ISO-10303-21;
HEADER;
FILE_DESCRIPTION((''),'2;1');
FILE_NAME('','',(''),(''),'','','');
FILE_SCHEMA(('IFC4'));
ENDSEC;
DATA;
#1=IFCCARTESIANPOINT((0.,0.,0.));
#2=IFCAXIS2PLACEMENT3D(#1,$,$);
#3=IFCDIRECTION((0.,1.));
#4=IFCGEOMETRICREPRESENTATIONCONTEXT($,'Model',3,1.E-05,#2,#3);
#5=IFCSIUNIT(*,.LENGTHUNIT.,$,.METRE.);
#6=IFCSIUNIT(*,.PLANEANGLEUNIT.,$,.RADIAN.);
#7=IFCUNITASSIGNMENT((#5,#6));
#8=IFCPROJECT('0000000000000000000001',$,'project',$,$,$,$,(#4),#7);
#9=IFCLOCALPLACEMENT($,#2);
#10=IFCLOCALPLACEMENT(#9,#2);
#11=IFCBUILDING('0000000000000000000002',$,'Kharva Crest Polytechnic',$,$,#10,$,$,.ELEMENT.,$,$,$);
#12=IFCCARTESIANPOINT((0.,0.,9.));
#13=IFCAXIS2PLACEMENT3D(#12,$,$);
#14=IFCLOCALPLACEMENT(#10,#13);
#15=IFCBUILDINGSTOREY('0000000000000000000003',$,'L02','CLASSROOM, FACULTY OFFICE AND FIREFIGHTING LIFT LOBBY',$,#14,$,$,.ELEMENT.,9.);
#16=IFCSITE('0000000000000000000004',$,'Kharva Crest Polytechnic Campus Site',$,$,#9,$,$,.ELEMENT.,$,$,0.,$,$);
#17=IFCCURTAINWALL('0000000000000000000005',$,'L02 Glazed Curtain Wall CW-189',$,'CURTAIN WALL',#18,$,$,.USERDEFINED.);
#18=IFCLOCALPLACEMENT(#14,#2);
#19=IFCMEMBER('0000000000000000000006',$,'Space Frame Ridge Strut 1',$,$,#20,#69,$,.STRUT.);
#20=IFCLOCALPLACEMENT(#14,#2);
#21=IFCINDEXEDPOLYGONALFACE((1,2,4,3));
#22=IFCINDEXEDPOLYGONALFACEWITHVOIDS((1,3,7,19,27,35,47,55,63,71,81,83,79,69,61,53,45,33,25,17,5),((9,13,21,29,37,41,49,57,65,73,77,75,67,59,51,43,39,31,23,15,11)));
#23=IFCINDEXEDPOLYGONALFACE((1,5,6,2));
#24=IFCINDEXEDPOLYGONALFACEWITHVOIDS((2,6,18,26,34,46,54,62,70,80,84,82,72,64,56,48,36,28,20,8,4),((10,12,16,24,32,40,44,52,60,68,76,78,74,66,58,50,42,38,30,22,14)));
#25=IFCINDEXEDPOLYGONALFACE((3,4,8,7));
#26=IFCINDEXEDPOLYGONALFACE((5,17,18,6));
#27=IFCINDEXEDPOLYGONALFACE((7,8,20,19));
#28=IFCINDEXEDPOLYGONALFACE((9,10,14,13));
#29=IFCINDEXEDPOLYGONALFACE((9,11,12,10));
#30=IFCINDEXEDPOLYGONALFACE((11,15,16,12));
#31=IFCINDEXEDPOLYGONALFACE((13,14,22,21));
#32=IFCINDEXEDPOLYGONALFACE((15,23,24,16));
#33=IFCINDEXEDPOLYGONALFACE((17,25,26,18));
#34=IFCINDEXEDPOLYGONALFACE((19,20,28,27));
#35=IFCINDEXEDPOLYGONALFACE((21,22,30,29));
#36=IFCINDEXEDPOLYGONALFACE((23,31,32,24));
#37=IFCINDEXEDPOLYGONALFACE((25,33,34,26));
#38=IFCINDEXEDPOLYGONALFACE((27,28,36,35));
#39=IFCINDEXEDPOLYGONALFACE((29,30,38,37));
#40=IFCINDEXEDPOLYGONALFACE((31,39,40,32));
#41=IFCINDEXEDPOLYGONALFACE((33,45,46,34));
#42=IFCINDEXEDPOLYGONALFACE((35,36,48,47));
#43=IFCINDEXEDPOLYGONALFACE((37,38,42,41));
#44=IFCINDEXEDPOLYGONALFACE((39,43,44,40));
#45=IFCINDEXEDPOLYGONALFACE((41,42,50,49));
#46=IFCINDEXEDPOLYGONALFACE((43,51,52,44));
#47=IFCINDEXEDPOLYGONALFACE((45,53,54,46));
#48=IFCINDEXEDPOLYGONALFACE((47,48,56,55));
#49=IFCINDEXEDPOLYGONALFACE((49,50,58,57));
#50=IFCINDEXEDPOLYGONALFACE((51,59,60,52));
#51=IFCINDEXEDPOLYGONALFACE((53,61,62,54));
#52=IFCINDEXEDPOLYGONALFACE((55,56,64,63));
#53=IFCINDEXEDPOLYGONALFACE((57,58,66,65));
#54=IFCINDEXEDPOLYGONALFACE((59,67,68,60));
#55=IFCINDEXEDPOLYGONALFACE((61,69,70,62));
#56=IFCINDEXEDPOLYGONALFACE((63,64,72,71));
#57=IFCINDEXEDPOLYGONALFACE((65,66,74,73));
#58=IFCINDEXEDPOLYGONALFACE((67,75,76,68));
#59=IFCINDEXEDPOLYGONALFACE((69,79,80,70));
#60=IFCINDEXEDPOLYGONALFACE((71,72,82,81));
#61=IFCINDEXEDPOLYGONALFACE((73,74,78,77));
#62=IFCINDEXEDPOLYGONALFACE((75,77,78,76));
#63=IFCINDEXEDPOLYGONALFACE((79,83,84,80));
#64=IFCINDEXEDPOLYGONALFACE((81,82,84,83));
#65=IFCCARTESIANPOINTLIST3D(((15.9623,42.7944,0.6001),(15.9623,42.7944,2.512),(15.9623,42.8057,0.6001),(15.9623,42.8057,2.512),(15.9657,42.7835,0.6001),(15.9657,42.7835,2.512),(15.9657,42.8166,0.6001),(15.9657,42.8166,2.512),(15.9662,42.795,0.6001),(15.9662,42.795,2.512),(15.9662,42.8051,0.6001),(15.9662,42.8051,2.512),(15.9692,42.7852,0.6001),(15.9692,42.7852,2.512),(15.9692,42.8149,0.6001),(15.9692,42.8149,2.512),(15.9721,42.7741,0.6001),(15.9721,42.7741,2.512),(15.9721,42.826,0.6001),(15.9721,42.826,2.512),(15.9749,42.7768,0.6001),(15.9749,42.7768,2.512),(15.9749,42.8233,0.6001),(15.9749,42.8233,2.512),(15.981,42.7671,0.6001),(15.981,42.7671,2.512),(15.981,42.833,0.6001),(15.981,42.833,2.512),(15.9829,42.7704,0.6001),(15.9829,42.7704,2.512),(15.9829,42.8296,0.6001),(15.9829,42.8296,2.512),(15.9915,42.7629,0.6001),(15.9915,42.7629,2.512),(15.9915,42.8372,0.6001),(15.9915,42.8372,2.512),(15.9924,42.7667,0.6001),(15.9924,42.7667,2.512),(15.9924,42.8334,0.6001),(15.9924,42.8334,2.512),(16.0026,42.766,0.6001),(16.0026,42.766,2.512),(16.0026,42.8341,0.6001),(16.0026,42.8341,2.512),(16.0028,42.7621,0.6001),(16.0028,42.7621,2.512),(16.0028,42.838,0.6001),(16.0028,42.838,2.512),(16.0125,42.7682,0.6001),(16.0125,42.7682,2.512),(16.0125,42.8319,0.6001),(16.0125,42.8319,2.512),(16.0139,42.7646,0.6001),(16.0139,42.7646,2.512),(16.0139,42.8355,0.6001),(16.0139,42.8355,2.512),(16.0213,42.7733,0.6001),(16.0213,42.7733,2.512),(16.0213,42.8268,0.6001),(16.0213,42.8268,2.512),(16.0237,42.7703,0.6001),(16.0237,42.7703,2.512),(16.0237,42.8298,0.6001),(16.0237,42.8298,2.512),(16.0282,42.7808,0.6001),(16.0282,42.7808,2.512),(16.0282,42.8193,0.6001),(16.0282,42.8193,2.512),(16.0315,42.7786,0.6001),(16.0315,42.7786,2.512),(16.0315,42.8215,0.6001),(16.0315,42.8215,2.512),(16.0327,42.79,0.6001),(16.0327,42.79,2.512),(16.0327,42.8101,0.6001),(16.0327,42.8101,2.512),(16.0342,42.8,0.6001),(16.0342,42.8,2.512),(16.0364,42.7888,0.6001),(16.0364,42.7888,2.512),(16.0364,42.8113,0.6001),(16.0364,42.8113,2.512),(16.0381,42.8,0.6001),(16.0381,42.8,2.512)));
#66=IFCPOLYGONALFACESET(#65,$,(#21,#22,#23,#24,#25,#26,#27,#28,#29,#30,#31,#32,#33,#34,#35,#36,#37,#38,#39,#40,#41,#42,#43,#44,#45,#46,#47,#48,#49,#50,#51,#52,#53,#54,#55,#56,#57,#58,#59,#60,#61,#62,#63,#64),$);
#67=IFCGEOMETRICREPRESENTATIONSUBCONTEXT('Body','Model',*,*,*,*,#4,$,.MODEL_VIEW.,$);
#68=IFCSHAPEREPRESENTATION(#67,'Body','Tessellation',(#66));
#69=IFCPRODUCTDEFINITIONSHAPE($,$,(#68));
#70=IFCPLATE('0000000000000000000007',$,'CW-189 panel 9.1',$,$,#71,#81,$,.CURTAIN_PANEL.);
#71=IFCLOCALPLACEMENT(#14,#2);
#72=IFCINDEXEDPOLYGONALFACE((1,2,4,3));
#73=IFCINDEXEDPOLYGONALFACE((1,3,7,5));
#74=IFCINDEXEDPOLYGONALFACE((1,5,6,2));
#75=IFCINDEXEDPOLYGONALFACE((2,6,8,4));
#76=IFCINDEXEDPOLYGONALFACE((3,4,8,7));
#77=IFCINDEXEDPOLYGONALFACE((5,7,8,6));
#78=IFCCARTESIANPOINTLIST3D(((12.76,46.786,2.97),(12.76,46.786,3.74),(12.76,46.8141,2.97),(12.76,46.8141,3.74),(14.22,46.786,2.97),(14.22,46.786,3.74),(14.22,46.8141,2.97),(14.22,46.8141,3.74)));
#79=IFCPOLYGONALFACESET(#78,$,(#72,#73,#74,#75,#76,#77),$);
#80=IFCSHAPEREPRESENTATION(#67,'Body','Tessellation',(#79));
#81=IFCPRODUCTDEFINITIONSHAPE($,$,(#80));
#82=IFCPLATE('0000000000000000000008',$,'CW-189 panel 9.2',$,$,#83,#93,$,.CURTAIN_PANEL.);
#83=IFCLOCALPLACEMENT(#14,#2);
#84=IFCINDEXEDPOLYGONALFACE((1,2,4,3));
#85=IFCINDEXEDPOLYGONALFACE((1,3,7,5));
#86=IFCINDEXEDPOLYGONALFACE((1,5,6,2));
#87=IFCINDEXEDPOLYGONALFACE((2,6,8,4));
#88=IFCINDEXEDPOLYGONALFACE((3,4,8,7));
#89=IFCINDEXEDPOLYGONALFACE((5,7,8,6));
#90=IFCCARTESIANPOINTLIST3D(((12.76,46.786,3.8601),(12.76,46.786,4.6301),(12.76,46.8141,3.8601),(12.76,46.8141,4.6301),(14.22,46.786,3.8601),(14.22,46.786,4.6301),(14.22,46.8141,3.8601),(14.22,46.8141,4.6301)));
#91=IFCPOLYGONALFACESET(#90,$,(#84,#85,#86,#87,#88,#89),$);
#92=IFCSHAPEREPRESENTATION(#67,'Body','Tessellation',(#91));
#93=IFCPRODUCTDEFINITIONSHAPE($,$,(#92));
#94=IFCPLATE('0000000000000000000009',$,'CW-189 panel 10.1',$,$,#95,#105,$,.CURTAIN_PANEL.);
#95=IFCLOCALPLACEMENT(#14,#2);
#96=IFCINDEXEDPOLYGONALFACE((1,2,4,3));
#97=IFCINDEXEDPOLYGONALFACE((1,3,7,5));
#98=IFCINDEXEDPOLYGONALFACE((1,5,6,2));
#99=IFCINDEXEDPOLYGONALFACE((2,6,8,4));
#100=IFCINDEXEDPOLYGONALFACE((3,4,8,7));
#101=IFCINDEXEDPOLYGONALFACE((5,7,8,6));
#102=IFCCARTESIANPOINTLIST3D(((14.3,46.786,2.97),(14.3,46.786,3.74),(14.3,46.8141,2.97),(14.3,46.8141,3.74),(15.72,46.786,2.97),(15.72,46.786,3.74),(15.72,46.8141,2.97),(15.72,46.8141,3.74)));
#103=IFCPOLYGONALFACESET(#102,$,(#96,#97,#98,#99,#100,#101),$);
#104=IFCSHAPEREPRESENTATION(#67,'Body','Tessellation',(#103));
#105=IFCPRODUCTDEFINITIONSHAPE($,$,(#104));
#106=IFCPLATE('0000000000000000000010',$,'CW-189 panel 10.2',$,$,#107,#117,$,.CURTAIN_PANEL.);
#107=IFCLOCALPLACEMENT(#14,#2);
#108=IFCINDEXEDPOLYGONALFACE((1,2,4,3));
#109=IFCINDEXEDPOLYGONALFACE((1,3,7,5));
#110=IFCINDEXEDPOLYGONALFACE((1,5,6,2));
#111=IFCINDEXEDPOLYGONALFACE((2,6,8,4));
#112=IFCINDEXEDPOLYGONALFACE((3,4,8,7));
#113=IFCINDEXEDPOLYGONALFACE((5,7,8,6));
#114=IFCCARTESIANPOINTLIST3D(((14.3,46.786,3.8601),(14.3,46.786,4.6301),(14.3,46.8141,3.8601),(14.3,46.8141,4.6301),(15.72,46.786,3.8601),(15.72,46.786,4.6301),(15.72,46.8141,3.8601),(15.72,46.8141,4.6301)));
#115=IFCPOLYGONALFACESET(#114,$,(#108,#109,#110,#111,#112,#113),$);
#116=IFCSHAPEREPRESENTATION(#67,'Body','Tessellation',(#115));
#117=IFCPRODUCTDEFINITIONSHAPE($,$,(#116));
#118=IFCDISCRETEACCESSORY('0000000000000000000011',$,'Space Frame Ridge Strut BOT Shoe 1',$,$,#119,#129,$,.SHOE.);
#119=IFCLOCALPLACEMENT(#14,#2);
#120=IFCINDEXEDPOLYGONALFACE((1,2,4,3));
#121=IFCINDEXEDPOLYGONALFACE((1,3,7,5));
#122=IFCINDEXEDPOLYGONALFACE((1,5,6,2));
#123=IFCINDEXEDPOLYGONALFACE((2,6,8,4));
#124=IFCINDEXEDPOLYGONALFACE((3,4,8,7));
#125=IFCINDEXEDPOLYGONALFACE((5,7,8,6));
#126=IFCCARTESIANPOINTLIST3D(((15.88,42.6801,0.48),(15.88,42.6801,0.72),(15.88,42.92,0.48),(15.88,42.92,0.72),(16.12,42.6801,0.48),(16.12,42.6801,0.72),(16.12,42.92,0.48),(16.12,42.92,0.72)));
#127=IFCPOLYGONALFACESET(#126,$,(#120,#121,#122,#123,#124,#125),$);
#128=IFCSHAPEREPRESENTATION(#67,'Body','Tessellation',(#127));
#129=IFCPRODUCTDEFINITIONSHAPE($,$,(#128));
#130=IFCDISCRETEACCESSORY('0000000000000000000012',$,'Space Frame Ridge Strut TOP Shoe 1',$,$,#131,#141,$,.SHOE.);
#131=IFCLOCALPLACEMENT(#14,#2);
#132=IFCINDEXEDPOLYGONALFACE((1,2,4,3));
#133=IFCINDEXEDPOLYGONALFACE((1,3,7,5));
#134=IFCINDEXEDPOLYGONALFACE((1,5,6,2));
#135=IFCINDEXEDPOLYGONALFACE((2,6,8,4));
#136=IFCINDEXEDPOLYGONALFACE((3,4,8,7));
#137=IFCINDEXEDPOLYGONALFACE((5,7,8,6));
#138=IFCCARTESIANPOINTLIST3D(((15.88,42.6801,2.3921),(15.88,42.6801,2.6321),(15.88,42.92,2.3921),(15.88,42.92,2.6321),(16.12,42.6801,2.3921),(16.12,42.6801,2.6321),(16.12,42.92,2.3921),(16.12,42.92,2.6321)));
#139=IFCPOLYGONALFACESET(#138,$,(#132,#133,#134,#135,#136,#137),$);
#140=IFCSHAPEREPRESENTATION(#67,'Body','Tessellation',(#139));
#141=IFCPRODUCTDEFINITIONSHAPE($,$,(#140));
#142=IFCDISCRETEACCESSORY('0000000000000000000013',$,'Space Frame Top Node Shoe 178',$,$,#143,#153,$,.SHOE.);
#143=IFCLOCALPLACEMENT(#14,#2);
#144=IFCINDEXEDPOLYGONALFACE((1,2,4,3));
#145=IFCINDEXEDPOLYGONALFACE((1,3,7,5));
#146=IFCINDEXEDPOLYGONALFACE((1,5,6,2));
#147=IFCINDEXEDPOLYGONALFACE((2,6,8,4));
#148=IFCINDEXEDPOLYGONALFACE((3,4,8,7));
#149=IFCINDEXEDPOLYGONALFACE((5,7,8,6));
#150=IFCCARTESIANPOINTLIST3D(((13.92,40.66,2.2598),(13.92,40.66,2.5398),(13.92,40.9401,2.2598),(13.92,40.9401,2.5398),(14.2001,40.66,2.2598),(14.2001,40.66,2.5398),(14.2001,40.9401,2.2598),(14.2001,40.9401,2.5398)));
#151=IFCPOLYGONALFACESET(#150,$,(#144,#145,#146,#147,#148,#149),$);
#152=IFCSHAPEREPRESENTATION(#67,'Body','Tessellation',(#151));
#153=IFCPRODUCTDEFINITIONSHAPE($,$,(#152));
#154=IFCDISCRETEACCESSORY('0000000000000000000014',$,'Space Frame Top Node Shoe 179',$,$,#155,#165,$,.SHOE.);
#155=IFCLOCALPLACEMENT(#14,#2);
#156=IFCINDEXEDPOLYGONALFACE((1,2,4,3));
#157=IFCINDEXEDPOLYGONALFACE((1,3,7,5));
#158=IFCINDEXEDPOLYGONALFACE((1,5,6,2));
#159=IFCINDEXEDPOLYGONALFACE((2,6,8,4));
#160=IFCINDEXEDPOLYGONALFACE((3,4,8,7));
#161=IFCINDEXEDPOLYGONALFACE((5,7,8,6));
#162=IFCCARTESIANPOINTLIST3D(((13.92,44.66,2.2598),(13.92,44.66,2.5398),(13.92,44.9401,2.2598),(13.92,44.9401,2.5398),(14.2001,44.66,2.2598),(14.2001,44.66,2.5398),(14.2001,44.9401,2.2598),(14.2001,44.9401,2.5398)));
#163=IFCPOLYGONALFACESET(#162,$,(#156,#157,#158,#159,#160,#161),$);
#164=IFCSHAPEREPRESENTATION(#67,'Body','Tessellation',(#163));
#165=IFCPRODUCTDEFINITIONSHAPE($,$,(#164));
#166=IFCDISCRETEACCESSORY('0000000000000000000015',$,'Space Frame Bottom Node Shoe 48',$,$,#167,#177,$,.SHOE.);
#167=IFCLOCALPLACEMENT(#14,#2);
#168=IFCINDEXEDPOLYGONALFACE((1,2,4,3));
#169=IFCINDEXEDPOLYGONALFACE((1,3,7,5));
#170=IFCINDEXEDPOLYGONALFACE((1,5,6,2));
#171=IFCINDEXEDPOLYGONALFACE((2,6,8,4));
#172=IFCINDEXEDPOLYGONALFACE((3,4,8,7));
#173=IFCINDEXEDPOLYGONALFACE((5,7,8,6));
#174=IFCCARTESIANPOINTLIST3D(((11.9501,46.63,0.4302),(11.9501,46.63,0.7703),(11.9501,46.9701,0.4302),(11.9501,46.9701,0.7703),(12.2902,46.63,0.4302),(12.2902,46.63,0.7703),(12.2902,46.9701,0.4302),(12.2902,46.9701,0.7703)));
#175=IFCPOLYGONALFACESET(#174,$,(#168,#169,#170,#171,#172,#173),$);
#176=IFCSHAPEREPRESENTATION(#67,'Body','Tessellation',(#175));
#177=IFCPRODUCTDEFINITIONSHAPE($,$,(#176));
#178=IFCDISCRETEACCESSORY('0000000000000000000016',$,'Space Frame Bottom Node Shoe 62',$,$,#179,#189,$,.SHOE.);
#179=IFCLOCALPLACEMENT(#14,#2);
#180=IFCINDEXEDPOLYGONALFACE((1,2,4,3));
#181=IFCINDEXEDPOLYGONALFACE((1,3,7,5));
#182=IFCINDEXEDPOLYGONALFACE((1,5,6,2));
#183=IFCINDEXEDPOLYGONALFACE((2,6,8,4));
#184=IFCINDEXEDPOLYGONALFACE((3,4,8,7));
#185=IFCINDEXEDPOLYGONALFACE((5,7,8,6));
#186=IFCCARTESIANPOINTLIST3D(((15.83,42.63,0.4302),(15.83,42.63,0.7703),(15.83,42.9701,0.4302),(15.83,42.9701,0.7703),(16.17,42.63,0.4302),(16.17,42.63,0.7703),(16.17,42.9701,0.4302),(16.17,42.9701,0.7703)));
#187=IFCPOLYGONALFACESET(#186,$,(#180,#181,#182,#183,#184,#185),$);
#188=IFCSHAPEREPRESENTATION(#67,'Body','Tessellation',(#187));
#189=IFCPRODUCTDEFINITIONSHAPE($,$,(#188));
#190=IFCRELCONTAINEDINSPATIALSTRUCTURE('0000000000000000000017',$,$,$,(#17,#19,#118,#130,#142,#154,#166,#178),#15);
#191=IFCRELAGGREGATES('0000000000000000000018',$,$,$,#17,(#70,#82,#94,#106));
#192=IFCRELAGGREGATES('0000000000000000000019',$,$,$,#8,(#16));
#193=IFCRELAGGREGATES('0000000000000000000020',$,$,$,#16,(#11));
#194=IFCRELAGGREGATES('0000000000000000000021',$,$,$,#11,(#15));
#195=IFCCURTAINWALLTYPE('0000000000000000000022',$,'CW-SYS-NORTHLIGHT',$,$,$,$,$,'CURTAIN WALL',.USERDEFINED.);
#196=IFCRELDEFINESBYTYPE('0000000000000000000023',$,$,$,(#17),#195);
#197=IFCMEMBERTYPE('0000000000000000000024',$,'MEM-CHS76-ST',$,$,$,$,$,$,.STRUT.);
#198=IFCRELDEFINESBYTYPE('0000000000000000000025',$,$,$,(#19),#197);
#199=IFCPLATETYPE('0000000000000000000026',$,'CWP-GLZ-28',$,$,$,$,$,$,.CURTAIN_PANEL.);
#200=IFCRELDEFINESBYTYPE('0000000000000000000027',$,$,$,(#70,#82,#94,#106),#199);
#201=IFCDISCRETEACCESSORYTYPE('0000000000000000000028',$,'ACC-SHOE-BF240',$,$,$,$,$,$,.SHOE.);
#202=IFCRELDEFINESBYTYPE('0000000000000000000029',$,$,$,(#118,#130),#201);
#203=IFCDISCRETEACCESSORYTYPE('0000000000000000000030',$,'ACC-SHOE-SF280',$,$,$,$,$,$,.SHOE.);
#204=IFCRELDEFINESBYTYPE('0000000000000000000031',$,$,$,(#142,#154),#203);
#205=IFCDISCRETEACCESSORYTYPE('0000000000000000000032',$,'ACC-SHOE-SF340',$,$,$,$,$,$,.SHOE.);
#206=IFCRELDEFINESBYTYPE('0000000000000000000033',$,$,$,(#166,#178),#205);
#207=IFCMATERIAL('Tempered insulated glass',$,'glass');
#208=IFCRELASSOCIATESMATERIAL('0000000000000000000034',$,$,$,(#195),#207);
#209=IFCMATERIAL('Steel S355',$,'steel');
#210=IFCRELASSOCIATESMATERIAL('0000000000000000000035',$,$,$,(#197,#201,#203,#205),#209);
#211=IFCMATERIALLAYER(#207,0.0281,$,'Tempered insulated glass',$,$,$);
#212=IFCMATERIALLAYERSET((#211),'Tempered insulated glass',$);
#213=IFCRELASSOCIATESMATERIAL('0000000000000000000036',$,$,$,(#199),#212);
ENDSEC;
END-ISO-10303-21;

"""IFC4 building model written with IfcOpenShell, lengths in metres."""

from ifc_helpers import new_model, si_unit, direction, frame, origin, origin_2d, place, context, subcontext, project, spatial, rectangle, hollow_circle, extrude, material, layer, layer_set, material_profile, profile_set, type_object, element, aggregate, save


model = new_model("IFC4")

# Units and contexts
model_context = context("Model", 3, precision=1e-05, world=origin(), true_north=direction((0.0, 1.0)))
body_context = subcontext(model_context, "Body", "Model", "MODEL_VIEW")
ifc_project = project(units=[si_unit("LENGTHUNIT", "METRE"), si_unit("PLANEANGLEUNIT", "RADIAN")], contexts=[model_context])

# Site, building, storey
site_placement = place(None, origin())
site = spatial("IfcSite", under=ifc_project, at=site_placement, Name="Kharva Crest Polytechnic Campus Site", CompositionType="ELEMENT", RefElevation=0.0)
building_placement = place(site_placement, origin())
building = spatial("IfcBuilding", under=site, at=building_placement, Name="Kharva Crest Polytechnic", CompositionType="ELEMENT")
storey_placement = place(building_placement, frame((0.0, 0.0, 9.0)))
storey = spatial("IfcBuildingStorey", under=building, at=storey_placement, Name="L02", Description="CLASSROOM, FACULTY OFFICE AND FIREFIGHTING LIFT LOBBY", CompositionType="ELEMENT", Elevation=9.0)

# Curtain wall
ifc_material_1 = material(Name="Tempered insulated glass", Category="glass")
curtain_wall_type = type_object("IfcCurtainWallType", Name="CW-SYS-NORTHLIGHT", ElementType="CURTAIN WALL", PredefinedType="USERDEFINED", material=ifc_material_1)
curtain_wall_placement = place(storey_placement, origin())
curtain_wall = element("IfcCurtainWall", 1, at=curtain_wall_placement, inside=storey, type_object=curtain_wall_type, Name="L02 Glazed Curtain Wall CW-189", ObjectType="CURTAIN WALL", PredefinedType="USERDEFINED")
ifc_material_2 = material(Name="Steel S355", Category="steel")

# Member
ifc_material_profile_1 = material_profile(ifc_material_2, hollow_circle(Radius=0.0381, WallThickness=0.0039, at=origin_2d()), Name="CHS 76.1X4.0")
ifc_profile_set_1 = profile_set([ifc_material_profile_1], Name="Steel S355")
member_type_1 = type_object("IfcMemberType", Name="MEM-CHS76-ST", PredefinedType="STRUT", material=ifc_profile_set_1)
member_1_placement = place(storey_placement, frame((16.0, 42.8, 0.6001), z_axis=(0.0, 0.0, 1.0), x_axis=(1.0, 0.0, 0.0)))
element("IfcMember", 2, at=member_1_placement, inside=storey, type_object=member_type_1, Name="Space Frame Ridge Strut 1", PredefinedType="STRUT", context=body_context, shape_type="SweptSolid", body=[
    extrude(hollow_circle(Radius=0.0381, WallThickness=0.0039, at=origin_2d()), origin(), (0.0, 0.0, 1.0), 1.9119),
])

# Plates
ifc_layer = layer(ifc_material_1, 0.0281, Name="Tempered insulated glass")
ifc_layer_set = layer_set([ifc_layer], Name="Tempered insulated glass")
plate_type = type_object("IfcPlateType", Name="CWP-GLZ-28", PredefinedType="CURTAIN_PANEL", material=ifc_layer_set)
plate_1_placement = place(storey_placement, frame((13.49, 46.8, 2.97), z_axis=(0.0, 0.0, 1.0), x_axis=(1.0, 0.0, 0.0)))
plate_1 = element("IfcPlate", 3, at=plate_1_placement, type_object=plate_type, Name="CW-189 panel 9.1", PredefinedType="CURTAIN_PANEL", context=body_context, shape_type="SweptSolid", body=[
    extrude(rectangle(XDim=1.46, YDim=0.0281, at=origin_2d()), origin(), (0.0, 0.0, 1.0), 0.77),
])
plate_2_placement = place(storey_placement, frame((13.49, 46.8, 3.8601), z_axis=(0.0, 0.0, 1.0), x_axis=(1.0, 0.0, 0.0)))
plate_2 = element("IfcPlate", 4, at=plate_2_placement, type_object=plate_type, Name="CW-189 panel 9.2", PredefinedType="CURTAIN_PANEL", context=body_context, shape_type="SweptSolid", body=[
    extrude(rectangle(XDim=1.46, YDim=0.0281, at=origin_2d()), origin(), (0.0, 0.0, 1.0), 0.77),
])
plate_3_placement = place(storey_placement, frame((15.01, 46.8, 2.97), z_axis=(0.0, 0.0, 1.0), x_axis=(1.0, 0.0, 0.0)))
plate_3 = element("IfcPlate", 5, at=plate_3_placement, type_object=plate_type, Name="CW-189 panel 10.1", PredefinedType="CURTAIN_PANEL", context=body_context, shape_type="SweptSolid", body=[
    extrude(rectangle(XDim=1.4199, YDim=0.0281, at=origin_2d()), origin(), (0.0, 0.0, 1.0), 0.77),
])
plate_4_placement = place(storey_placement, frame((15.01, 46.8, 3.8601), z_axis=(0.0, 0.0, 1.0), x_axis=(1.0, 0.0, 0.0)))
plate_4 = element("IfcPlate", 6, at=plate_4_placement, type_object=plate_type, Name="CW-189 panel 10.2", PredefinedType="CURTAIN_PANEL", context=body_context, shape_type="SweptSolid", body=[
    extrude(rectangle(XDim=1.4199, YDim=0.0281, at=origin_2d()), origin(), (0.0, 0.0, 1.0), 0.77),
])
aggregate(curtain_wall, [plate_1, plate_2, plate_3, plate_4])

# Discrete accessories
discrete_accessory_type_1 = type_object("IfcDiscreteAccessoryType", Name="ACC-SHOE-BF240", PredefinedType="SHOE", material=ifc_material_2)
for number, where, z_axis, x_axis, name in (
    (7, (16.0, 42.8, 0.48), (0.0, 0.0, 1.0), (1.0, 0.0, 0.0), "Space Frame Ridge Strut BOT Shoe 1"),
    (8, (16.0, 42.8, 2.3921), (0.0, 0.0, 1.0), (1.0, 0.0, 0.0), "Space Frame Ridge Strut TOP Shoe 1"),
):
    element("IfcDiscreteAccessory", number, at=place(storey_placement, frame(where, z_axis=z_axis, x_axis=x_axis)), inside=storey, type_object=discrete_accessory_type_1, Name=name, PredefinedType="SHOE", context=body_context, shape_type="SweptSolid", body=[
        extrude(rectangle(XDim=0.24, YDim=0.24, at=origin_2d()), origin(), (0.0, 0.0, 1.0), 0.24),
    ])
discrete_accessory_type_2 = type_object("IfcDiscreteAccessoryType", Name="ACC-SHOE-SF280", PredefinedType="SHOE", material=ifc_material_2)
for number, where, z_axis, x_axis, name in (
    (9, (14.0601, 40.8, 2.2598), (0.0, 0.0, 1.0), (1.0, 0.0, 0.0), "Space Frame Top Node Shoe 178"),
    (10, (14.0601, 44.8, 2.2598), (0.0, 0.0, 1.0), (1.0, 0.0, 0.0), "Space Frame Top Node Shoe 179"),
):
    element("IfcDiscreteAccessory", number, at=place(storey_placement, frame(where, z_axis=z_axis, x_axis=x_axis)), inside=storey, type_object=discrete_accessory_type_2, Name=name, PredefinedType="SHOE", context=body_context, shape_type="SweptSolid", body=[
        extrude(rectangle(XDim=0.28, YDim=0.28, at=origin_2d()), origin(), (0.0, 0.0, 1.0), 0.28),
    ])
discrete_accessory_type_3 = type_object("IfcDiscreteAccessoryType", Name="ACC-SHOE-SF340", PredefinedType="SHOE", material=ifc_material_2)
for number, where, z_axis, x_axis, name in (
    (11, (12.1201, 46.8, 0.4302), (0.0, 0.0, 1.0), (1.0, 0.0, 0.0), "Space Frame Bottom Node Shoe 48"),
    (12, (16.0, 42.8, 0.4302), (0.0, 0.0, 1.0), (1.0, 0.0, 0.0), "Space Frame Bottom Node Shoe 62"),
):
    element("IfcDiscreteAccessory", number, at=place(storey_placement, frame(where, z_axis=z_axis, x_axis=x_axis)), inside=storey, type_object=discrete_accessory_type_3, Name=name, PredefinedType="SHOE", context=body_context, shape_type="SweptSolid", body=[
        extrude(rectangle(XDim=0.3401, YDim=0.3401, at=origin_2d()), origin(), (0.0, 0.0, 1.0), 0.3401),
    ])

save(model, "model.ifc")
